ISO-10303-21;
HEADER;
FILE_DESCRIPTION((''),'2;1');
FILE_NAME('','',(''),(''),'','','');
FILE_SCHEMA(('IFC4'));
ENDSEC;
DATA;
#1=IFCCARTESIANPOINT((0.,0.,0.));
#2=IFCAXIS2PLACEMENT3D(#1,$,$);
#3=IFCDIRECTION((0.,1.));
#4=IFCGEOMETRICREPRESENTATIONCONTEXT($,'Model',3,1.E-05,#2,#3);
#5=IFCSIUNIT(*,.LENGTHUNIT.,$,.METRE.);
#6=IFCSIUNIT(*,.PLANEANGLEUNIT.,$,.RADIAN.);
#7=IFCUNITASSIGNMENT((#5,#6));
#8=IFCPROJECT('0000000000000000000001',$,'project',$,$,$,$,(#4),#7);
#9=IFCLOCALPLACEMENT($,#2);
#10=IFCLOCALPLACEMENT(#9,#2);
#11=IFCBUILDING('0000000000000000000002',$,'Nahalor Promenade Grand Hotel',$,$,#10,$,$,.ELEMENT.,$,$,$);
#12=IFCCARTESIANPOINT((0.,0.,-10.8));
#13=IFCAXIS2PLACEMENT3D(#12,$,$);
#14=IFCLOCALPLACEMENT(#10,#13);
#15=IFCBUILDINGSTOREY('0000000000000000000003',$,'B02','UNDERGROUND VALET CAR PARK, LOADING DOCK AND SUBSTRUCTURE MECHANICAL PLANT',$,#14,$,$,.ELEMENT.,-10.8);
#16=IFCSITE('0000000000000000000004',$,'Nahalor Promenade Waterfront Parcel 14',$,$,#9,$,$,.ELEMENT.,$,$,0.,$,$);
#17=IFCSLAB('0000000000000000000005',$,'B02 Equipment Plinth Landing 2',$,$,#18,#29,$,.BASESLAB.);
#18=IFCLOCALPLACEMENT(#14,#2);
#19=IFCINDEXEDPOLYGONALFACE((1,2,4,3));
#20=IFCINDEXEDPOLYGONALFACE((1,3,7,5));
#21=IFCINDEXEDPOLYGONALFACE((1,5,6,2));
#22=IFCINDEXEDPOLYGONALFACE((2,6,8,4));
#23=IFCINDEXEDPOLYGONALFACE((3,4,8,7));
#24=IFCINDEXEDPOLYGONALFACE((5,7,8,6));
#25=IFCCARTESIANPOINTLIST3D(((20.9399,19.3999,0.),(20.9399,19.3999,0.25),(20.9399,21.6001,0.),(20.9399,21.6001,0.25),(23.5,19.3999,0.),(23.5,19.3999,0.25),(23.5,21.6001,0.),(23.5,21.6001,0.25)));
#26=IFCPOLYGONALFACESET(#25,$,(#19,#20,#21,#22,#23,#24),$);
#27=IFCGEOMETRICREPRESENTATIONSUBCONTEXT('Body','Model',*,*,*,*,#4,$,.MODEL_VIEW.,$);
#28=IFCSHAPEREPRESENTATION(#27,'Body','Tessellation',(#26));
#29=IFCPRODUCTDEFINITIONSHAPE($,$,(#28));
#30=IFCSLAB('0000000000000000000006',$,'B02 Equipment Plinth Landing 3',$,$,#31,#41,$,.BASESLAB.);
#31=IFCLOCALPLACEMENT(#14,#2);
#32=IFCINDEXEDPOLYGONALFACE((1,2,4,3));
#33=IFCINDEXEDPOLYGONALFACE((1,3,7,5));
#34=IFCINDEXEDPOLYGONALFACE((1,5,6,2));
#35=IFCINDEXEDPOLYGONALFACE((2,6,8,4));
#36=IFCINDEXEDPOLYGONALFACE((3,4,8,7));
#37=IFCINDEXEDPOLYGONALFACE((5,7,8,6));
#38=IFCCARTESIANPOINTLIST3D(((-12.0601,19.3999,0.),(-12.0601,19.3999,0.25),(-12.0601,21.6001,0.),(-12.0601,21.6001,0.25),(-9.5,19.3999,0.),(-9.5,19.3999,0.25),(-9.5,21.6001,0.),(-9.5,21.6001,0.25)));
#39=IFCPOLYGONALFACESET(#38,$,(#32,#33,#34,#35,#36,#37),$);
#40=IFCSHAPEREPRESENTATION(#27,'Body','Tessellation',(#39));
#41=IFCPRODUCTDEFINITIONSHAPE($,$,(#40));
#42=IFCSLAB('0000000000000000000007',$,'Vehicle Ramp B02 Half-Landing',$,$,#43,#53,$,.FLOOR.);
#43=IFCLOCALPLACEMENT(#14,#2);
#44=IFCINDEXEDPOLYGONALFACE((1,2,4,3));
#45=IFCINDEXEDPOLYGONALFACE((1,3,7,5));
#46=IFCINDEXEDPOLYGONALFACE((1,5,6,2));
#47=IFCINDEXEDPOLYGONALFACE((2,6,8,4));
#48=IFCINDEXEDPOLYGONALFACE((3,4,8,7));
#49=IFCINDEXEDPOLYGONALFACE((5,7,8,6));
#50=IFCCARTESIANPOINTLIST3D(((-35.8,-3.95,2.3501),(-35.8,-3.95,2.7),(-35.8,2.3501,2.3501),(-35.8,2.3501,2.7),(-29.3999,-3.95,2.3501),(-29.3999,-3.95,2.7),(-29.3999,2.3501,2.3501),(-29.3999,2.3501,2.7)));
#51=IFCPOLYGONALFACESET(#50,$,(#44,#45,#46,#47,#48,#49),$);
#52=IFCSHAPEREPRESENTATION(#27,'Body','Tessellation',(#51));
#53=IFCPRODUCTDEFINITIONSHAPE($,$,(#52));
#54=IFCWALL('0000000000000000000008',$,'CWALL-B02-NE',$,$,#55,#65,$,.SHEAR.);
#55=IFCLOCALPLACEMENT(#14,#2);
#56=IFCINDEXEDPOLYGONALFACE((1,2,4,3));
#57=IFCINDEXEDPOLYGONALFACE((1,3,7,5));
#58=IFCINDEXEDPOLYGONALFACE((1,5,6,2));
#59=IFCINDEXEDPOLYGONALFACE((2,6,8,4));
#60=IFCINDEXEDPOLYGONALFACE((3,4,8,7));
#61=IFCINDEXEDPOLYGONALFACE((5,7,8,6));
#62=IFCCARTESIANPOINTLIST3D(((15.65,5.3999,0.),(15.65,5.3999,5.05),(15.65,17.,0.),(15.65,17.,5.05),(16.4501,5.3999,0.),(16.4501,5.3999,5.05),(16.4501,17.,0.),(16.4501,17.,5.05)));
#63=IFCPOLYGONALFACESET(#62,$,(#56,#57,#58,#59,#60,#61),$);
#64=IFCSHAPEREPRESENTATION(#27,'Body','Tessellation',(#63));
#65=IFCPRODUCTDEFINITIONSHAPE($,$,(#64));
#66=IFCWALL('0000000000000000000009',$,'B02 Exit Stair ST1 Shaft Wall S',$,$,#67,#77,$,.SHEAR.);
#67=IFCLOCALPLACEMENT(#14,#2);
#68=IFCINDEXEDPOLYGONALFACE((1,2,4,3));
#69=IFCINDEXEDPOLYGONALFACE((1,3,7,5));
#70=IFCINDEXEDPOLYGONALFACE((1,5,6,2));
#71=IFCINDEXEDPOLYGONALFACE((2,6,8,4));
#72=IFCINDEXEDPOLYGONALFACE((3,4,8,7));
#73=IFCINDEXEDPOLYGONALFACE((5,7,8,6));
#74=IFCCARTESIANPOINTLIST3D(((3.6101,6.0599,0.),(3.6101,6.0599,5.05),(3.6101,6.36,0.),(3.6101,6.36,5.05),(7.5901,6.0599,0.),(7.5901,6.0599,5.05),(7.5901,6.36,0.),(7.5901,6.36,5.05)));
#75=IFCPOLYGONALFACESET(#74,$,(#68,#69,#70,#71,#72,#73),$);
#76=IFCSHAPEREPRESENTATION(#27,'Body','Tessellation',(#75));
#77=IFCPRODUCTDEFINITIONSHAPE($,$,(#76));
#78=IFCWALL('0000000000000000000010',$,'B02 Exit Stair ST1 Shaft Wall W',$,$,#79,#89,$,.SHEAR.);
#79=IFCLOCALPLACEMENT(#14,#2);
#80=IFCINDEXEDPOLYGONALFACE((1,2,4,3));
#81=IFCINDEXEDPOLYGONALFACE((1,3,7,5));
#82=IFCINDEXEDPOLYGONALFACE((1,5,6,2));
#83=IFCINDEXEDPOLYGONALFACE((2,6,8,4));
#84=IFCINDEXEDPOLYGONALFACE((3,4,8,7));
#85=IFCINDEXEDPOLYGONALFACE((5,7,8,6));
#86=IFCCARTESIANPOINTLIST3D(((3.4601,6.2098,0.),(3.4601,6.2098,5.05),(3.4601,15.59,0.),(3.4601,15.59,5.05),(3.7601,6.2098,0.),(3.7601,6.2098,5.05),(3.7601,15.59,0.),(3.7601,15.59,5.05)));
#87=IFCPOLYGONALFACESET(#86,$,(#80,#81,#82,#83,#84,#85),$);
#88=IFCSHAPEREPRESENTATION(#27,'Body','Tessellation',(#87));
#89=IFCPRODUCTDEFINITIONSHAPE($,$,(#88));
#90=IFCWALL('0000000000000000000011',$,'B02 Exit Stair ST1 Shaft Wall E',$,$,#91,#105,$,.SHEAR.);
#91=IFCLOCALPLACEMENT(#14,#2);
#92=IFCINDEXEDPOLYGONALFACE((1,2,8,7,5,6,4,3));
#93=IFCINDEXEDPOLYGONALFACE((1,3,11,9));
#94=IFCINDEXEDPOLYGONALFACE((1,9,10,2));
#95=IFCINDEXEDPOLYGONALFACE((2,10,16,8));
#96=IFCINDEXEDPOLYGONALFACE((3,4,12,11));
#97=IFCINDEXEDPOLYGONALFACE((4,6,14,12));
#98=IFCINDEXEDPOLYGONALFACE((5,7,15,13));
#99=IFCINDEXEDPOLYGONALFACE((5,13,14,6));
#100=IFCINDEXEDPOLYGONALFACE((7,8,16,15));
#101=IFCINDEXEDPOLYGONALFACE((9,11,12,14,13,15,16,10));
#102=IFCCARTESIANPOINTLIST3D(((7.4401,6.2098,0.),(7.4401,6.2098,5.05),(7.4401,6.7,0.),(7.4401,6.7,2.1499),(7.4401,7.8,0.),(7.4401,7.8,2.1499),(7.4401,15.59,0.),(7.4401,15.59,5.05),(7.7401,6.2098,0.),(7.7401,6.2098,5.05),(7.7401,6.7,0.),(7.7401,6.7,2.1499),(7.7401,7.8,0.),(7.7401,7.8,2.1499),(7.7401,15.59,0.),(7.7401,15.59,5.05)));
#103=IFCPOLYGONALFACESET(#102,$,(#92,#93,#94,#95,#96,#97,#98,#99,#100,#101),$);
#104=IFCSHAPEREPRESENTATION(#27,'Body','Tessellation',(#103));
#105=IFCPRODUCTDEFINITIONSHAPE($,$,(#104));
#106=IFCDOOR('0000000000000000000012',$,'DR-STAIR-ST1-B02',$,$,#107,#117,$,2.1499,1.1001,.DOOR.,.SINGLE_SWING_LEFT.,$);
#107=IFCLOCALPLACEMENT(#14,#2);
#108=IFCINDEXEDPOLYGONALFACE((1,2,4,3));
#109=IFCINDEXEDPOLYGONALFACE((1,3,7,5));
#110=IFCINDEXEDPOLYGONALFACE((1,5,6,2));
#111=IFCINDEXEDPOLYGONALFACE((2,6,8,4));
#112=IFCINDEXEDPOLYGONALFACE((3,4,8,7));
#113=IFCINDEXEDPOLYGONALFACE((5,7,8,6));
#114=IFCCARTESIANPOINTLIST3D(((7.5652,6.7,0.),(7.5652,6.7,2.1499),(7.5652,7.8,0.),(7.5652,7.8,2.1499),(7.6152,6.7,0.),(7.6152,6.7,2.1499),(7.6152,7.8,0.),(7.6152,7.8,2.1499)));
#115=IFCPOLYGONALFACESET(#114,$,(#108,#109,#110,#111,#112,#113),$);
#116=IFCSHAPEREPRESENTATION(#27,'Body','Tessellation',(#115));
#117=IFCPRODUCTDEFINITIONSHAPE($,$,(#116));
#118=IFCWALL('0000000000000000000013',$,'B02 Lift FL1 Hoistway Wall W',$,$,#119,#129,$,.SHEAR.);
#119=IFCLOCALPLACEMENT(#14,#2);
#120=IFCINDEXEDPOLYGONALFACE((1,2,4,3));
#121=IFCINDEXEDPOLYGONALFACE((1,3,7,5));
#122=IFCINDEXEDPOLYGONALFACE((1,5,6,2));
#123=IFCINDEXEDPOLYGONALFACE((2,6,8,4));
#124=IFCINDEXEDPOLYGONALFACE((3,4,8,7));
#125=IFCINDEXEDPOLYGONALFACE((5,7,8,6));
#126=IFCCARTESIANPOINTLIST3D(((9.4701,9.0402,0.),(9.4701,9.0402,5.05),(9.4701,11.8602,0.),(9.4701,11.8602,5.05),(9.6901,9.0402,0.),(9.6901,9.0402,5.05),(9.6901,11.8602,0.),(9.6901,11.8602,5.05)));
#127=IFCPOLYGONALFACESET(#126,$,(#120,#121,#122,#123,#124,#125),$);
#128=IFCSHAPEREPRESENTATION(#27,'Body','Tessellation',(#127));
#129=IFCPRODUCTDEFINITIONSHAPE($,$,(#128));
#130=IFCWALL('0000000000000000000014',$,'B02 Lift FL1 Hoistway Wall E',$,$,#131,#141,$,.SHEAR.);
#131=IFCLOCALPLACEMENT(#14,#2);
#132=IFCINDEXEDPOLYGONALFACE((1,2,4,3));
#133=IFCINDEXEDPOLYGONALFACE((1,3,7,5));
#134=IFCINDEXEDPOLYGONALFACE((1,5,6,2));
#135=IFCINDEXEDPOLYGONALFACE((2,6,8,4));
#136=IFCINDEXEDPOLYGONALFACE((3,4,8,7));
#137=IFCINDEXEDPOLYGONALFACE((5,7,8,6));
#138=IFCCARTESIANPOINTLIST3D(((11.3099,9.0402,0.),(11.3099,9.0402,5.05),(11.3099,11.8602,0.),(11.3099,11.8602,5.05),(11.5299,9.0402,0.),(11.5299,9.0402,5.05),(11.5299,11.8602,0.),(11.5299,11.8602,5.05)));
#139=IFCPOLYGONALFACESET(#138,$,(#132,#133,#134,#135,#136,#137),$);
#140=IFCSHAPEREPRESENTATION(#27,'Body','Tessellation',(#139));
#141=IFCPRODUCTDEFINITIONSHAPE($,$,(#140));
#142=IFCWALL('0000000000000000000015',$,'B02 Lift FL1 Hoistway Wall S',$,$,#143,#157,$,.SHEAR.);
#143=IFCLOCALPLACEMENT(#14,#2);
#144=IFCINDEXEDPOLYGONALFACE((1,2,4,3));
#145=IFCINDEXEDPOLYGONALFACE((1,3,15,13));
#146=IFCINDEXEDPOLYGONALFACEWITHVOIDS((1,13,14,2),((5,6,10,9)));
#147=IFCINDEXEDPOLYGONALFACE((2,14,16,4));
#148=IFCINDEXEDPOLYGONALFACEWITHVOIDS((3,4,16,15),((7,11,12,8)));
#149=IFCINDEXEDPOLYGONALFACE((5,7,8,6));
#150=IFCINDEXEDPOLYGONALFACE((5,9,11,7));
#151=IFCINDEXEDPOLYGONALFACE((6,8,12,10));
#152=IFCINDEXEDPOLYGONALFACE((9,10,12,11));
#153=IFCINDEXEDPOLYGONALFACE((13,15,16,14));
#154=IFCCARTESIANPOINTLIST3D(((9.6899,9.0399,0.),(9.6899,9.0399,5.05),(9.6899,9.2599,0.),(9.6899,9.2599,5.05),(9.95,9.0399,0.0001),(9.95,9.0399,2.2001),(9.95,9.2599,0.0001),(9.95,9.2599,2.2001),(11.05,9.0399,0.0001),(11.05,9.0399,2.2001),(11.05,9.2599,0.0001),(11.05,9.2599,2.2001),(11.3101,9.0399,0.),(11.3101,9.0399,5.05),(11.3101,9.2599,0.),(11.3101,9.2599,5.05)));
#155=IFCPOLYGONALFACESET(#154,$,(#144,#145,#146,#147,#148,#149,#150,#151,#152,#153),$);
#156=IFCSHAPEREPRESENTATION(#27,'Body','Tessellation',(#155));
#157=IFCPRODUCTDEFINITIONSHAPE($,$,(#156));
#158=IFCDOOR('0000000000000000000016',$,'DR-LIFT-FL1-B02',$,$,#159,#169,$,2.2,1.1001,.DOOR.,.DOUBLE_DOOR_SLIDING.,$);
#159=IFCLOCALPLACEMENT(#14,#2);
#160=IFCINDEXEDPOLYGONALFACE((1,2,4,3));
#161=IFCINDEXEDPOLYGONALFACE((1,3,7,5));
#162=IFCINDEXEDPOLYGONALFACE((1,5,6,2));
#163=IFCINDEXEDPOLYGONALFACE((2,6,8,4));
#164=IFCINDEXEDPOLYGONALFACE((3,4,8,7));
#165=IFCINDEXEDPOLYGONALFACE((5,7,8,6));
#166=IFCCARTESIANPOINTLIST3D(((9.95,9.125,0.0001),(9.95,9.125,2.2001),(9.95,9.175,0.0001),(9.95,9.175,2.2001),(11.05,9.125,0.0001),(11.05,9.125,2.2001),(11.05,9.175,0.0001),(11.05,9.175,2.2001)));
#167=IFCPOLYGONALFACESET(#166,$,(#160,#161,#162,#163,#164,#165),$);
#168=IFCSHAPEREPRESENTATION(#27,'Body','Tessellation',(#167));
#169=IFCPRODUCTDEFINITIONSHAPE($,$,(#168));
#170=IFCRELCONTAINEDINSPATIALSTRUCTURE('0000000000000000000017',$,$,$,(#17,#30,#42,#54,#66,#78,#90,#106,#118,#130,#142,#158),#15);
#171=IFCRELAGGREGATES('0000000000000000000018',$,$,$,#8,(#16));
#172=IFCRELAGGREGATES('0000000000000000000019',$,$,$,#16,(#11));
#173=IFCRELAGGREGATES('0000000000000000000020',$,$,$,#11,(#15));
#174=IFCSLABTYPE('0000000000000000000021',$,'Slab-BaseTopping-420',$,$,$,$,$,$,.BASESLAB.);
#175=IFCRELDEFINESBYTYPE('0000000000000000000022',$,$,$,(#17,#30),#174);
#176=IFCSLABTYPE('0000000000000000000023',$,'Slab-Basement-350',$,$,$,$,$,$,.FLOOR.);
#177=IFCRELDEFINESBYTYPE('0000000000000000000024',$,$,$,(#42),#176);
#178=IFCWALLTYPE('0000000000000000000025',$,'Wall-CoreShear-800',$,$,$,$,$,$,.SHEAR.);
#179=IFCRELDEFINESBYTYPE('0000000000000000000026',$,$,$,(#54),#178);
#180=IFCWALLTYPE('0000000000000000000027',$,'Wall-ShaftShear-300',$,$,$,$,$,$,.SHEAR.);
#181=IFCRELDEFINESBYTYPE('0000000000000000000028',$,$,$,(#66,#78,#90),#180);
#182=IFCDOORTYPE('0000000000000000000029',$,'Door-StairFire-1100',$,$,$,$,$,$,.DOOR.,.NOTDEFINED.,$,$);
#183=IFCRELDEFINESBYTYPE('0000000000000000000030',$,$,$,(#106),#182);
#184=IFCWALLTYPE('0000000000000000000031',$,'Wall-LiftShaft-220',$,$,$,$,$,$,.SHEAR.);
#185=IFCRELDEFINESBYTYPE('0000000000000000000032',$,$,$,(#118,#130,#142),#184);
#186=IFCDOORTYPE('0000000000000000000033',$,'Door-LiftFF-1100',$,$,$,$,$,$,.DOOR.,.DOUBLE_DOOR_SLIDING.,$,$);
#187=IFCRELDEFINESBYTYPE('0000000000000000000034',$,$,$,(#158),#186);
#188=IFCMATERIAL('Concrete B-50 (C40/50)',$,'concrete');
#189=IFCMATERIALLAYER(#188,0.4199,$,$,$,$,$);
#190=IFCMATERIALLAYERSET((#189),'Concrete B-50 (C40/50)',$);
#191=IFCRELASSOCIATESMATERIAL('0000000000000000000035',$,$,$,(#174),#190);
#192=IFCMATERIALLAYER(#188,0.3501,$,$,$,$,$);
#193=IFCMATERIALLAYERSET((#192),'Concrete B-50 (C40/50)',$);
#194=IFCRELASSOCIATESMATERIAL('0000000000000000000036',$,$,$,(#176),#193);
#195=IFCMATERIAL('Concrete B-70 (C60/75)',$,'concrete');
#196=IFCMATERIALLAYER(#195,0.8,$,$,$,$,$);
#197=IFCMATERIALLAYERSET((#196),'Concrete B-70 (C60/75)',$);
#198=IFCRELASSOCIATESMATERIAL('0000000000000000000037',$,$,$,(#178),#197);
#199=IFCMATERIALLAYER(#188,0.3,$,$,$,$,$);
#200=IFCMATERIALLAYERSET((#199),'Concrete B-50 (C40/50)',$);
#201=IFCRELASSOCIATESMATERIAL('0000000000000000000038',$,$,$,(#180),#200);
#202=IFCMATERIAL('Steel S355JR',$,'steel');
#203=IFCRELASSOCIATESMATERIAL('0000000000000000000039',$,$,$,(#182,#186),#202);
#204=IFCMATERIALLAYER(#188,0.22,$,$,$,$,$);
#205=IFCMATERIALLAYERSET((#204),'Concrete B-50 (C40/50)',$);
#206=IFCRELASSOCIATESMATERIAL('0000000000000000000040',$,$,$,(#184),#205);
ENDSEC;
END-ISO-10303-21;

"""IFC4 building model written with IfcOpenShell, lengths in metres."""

from ifc_helpers import new_model, si_unit, direction, frame, frame_2d, origin, place, context, subcontext, project, spatial, polyline, rectangle, outline, extrude, source, transform, mapped, material, layer, layer_set, type_object, element, fill, save


model = new_model("IFC4")

# Units and contexts
model_context = context("Model", 3, precision=1e-05, world=origin(), true_north=direction((0.0, 1.0)))
body_context = subcontext(model_context, "Body", "Model", "MODEL_VIEW")
ifc_project = project(units=[si_unit("LENGTHUNIT", "METRE"), si_unit("PLANEANGLEUNIT", "RADIAN")], contexts=[model_context])

# Site, building, storey
site_placement = place(None, origin())
site = spatial("IfcSite", under=ifc_project, at=site_placement, Name="Nahalor Promenade Waterfront Parcel 14", CompositionType="ELEMENT", RefElevation=0.0)
building_placement = place(site_placement, origin())
building = spatial("IfcBuilding", under=site, at=building_placement, Name="Nahalor Promenade Grand Hotel", CompositionType="ELEMENT")
storey_placement = place(building_placement, frame((0.0, 0.0, -10.8)))
storey = spatial("IfcBuildingStorey", under=building, at=storey_placement, Name="B02", Description="UNDERGROUND VALET CAR PARK, LOADING DOCK AND SUBSTRUCTURE MECHANICAL PLANT", CompositionType="ELEMENT", Elevation=-10.8)

# Shared definitions
ifc_material_1 = material(Name="Concrete B-50 (C40/50)", Category="concrete")

# Shared definitions
ifc_material_2 = material(Name="Concrete B-70 (C60/75)", Category="concrete")

# Shared definitions
ifc_material_3 = material(Name="Steel S355JR", Category="steel")

# Slabs
ifc_layer_1 = layer(ifc_material_1, 0.4199)
ifc_layer_set_1 = layer_set([ifc_layer_1], Name="Concrete B-50 (C40/50)")
slab_type_1 = type_object("IfcSlabType", Name="Slab-BaseTopping-420", PredefinedType="BASESLAB", material=ifc_layer_set_1)
slab_1_placement = place(storey_placement, origin())
element("IfcSlab", 1, at=slab_1_placement, inside=storey, type_object=slab_type_1, Name="B02 Equipment Plinth Landing 2", PredefinedType="BASESLAB", context=body_context, shape_type="SweptSolid", body=[
    extrude(outline(polyline([(20.9399, 19.3999), (23.5, 19.3999), (23.5, 21.6001), (20.9399, 21.6001), (20.9399, 19.3999)])), origin(), (0.0, 0.0, 1.0), 0.25),
])
slab_2_placement = place(storey_placement, origin())
element("IfcSlab", 2, at=slab_2_placement, inside=storey, type_object=slab_type_1, Name="B02 Equipment Plinth Landing 3", PredefinedType="BASESLAB", context=body_context, shape_type="SweptSolid", body=[
    extrude(outline(polyline([(-12.0601, 19.3999), (-9.5, 19.3999), (-9.5, 21.6001), (-12.0601, 21.6001), (-12.0601, 19.3999)])), origin(), (0.0, 0.0, 1.0), 0.25),
])
ifc_layer_2 = layer(ifc_material_1, 0.3501)
ifc_layer_set_2 = layer_set([ifc_layer_2], Name="Concrete B-50 (C40/50)")
slab_type_2 = type_object("IfcSlabType", Name="Slab-Basement-350", PredefinedType="FLOOR", material=ifc_layer_set_2)
slab_3_placement = place(storey_placement, frame((0.0, 0.0, 2.3501)))
element("IfcSlab", 3, at=slab_3_placement, inside=storey, type_object=slab_type_2, Name="Vehicle Ramp B02 Half-Landing", PredefinedType="FLOOR", context=body_context, shape_type="SweptSolid", body=[
    extrude(outline(polyline([(-35.8, -3.95), (-29.3999, -3.95), (-29.3999, 2.3501), (-35.8, 2.3501), (-35.8, -3.95)])), origin(), (0.0, 0.0, 1.0), 0.3499),
])

# Walls
ifc_layer_3 = layer(ifc_material_2, 0.8)
ifc_layer_set_3 = layer_set([ifc_layer_3], Name="Concrete B-70 (C60/75)")
wall_type_1 = type_object("IfcWallType", Name="Wall-CoreShear-800", PredefinedType="SHEAR", material=ifc_layer_set_3)
shared_shape_1 = source(origin(), body_context, "Body", "SweptSolid", [
    extrude(rectangle(XDim=11.6001, YDim=0.8, at=frame_2d((5.8, 0.0))), origin(), (0.0, 0.0, 1.0), 5.05),
])
wall_1_placement = place(storey_placement, frame((16.05, 5.3999, 0.0), z_axis=(0.0, 0.0, 1.0), x_axis=(0.0, 1.0, 0.0)))
element("IfcWall", 4, at=wall_1_placement, inside=storey, type_object=wall_type_1, Name="CWALL-B02-NE", PredefinedType="SHEAR", context=body_context, shape_type="MappedRepresentation", body=[
    mapped(shared_shape_1, transform((0.0, 0.0, 0.0), scale=1.0)),
])
ifc_layer_4 = layer(ifc_material_1, 0.3)
ifc_layer_set_4 = layer_set([ifc_layer_4], Name="Concrete B-50 (C40/50)")
wall_type_2 = type_object("IfcWallType", Name="Wall-ShaftShear-300", PredefinedType="SHEAR", material=ifc_layer_set_4)
shared_shape_2 = source(origin(), body_context, "Body", "SweptSolid", [
    extrude(rectangle(XDim=3.98, YDim=0.3, at=frame_2d((1.99, 0.0))), origin(), (0.0, 0.0, 1.0), 5.05),
])
wall_2_placement = place(storey_placement, frame((3.6101, 6.21, 0.0), z_axis=(0.0, 0.0, 1.0), x_axis=(1.0, 0.0, 0.0)))
element("IfcWall", 5, at=wall_2_placement, inside=storey, type_object=wall_type_2, Name="B02 Exit Stair ST1 Shaft Wall S", PredefinedType="SHEAR", context=body_context, shape_type="MappedRepresentation", body=[
    mapped(shared_shape_2, transform((0.0, 0.0, 0.0), scale=1.0)),
])
shared_shape_3 = source(origin(), body_context, "Body", "SweptSolid", [
    extrude(rectangle(XDim=9.3801, YDim=0.3, at=frame_2d((4.6899, 0.0))), origin(), (0.0, 0.0, 1.0), 5.05),
])
wall_3_placement = place(storey_placement, frame((3.6101, 6.21, 0.0), z_axis=(0.0, 0.0, 1.0), x_axis=(0.0, 1.0, 0.0)))
element("IfcWall", 6, at=wall_3_placement, inside=storey, type_object=wall_type_2, Name="B02 Exit Stair ST1 Shaft Wall W", PredefinedType="SHEAR", context=body_context, shape_type="MappedRepresentation", body=[
    mapped(shared_shape_3, transform((0.0, 0.0, 0.0), scale=1.0)),
])

# Wall, opening, door
wall_4_placement = place(storey_placement, frame((7.5901, 6.21, 0.0), z_axis=(0.0, 0.0, 1.0), x_axis=(0.0, 1.0, 0.0)))
wall_4 = element("IfcWall", 7, at=wall_4_placement, inside=storey, type_object=wall_type_2, Name="B02 Exit Stair ST1 Shaft Wall E", PredefinedType="SHEAR", context=body_context, shape_type="MappedRepresentation", body=[
    mapped(shared_shape_3, transform((0.0, 0.0, 0.0), scale=1.0)),
])
opening_1_placement = place(wall_4_placement, frame((0.49, 0.0, 0.0)))
opening_1 = element("IfcOpeningElement", 8, at=opening_1_placement, cuts=wall_4, PredefinedType="OPENING", context=body_context, shape_type="SweptSolid", body=[
    extrude(rectangle(XDim=1.1001, YDim=2.1499, at=frame_2d((0.55, 1.075))), frame((0.0, 0.1599, 0.0), z_axis=(0.0, -1.0, 0.0), x_axis=(1.0, 0.0, 0.0)), (0.0, 0.0, 1.0), 0.3201),
])
door_type_1 = type_object("IfcDoorType", Name="Door-StairFire-1100", OperationType="NOTDEFINED", PredefinedType="DOOR", material=ifc_material_3)
shared_shape_4 = source(origin(), body_context, "Body", "SweptSolid", [
    extrude(rectangle(XDim=1.1001, YDim=2.1499, at=frame_2d((0.55, 1.075))), frame((0.0, 0.0249, 0.0), z_axis=(0.0, -1.0, 0.0), x_axis=(1.0, 0.0, 0.0)), (0.0, 0.0, 1.0), 0.05),
])
door_1_placement = place(opening_1_placement, origin())
door_1 = element("IfcDoor", 9, at=door_1_placement, inside=storey, type_object=door_type_1, Name="DR-STAIR-ST1-B02", OperationType="SINGLE_SWING_LEFT", OverallHeight=2.1499, OverallWidth=1.1001, PredefinedType="DOOR", context=body_context, shape_type="MappedRepresentation", body=[
    mapped(shared_shape_4, transform((0.0, 0.0, 0.0), scale=1.0)),
])
fill(opening_1, door_1)

# Walls
ifc_layer_5 = layer(ifc_material_1, 0.22)
ifc_layer_set_5 = layer_set([ifc_layer_5], Name="Concrete B-50 (C40/50)")
wall_type_3 = type_object("IfcWallType", Name="Wall-LiftShaft-220", PredefinedType="SHEAR", material=ifc_layer_set_5)
shared_shape_5 = source(origin(), body_context, "Body", "SweptSolid", [
    extrude(rectangle(XDim=2.8201, YDim=0.22, at=frame_2d((1.4102, 0.0))), origin(), (0.0, 0.0, 1.0), 5.05),
])
for number, where, z_axis, x_axis, name in (
    (10, (9.5801, 9.04, 0.0), (0.0, 0.0, 1.0), (0.0, 1.0, 0.0), "B02 Lift FL1 Hoistway Wall W"),
    (11, (11.4199, 9.04, 0.0), (0.0, 0.0, 1.0), (0.0, 1.0, 0.0), "B02 Lift FL1 Hoistway Wall E"),
):
    element("IfcWall", number, at=place(storey_placement, frame(where, z_axis=z_axis, x_axis=x_axis)), inside=storey, type_object=wall_type_3, Name=name, PredefinedType="SHEAR", context=body_context, shape_type="MappedRepresentation", body=[
        mapped(shared_shape_5, transform((0.0, 0.0, 0.0), scale=1.0)),
    ])

# Wall, opening, door
shared_shape_6 = source(origin(), body_context, "Body", "SweptSolid", [
    extrude(rectangle(XDim=1.6201, YDim=0.22, at=frame_2d((0.8101, 0.0))), origin(), (0.0, 0.0, 1.0), 5.05),
])
wall_5_placement = place(storey_placement, frame((9.6899, 9.1499, 0.0), z_axis=(0.0, 0.0, 1.0), x_axis=(1.0, 0.0, 0.0)))
wall_5 = element("IfcWall", 12, at=wall_5_placement, inside=storey, type_object=wall_type_3, Name="B02 Lift FL1 Hoistway Wall S", PredefinedType="SHEAR", context=body_context, shape_type="MappedRepresentation", body=[
    mapped(shared_shape_6, transform((0.0, 0.0, 0.0), scale=1.0)),
])
opening_2_placement = place(wall_5_placement, frame((0.26, 0.0, 0.0)))
opening_2 = element("IfcOpeningElement", 13, at=opening_2_placement, cuts=wall_5, PredefinedType="OPENING", context=body_context, shape_type="SweptSolid", body=[
    extrude(rectangle(XDim=1.1001, YDim=2.2, at=frame_2d((0.55, 1.1001))), frame((0.0, 0.1199, 0.0), z_axis=(0.0, -1.0, 0.0), x_axis=(1.0, 0.0, 0.0)), (0.0, 0.0, 1.0), 0.24),
])
door_type_2 = type_object("IfcDoorType", Name="Door-LiftFF-1100", OperationType="DOUBLE_DOOR_SLIDING", PredefinedType="DOOR", material=ifc_material_3)
shared_shape_7 = source(origin(), body_context, "Body", "SweptSolid", [
    extrude(rectangle(XDim=1.1001, YDim=2.2, at=frame_2d((0.55, 1.1001))), frame((0.0, 0.0249, 0.0), z_axis=(0.0, -1.0, 0.0), x_axis=(1.0, 0.0, 0.0)), (0.0, 0.0, 1.0), 0.05),
])
door_2_placement = place(opening_2_placement, frame((1.1001, 0.0, 0.0), z_axis=(0.0, 0.0, 1.0), x_axis=(-1.0, 0.0, 0.0)))
door_2 = element("IfcDoor", 14, at=door_2_placement, inside=storey, type_object=door_type_2, Name="DR-LIFT-FL1-B02", OperationType="DOUBLE_DOOR_SLIDING", OverallHeight=2.2, OverallWidth=1.1001, PredefinedType="DOOR", context=body_context, shape_type="MappedRepresentation", body=[
    mapped(shared_shape_7, transform((0.0, 0.0, 0.0), scale=1.0)),
])
fill(opening_2, door_2)

save(model, "model.ifc")
